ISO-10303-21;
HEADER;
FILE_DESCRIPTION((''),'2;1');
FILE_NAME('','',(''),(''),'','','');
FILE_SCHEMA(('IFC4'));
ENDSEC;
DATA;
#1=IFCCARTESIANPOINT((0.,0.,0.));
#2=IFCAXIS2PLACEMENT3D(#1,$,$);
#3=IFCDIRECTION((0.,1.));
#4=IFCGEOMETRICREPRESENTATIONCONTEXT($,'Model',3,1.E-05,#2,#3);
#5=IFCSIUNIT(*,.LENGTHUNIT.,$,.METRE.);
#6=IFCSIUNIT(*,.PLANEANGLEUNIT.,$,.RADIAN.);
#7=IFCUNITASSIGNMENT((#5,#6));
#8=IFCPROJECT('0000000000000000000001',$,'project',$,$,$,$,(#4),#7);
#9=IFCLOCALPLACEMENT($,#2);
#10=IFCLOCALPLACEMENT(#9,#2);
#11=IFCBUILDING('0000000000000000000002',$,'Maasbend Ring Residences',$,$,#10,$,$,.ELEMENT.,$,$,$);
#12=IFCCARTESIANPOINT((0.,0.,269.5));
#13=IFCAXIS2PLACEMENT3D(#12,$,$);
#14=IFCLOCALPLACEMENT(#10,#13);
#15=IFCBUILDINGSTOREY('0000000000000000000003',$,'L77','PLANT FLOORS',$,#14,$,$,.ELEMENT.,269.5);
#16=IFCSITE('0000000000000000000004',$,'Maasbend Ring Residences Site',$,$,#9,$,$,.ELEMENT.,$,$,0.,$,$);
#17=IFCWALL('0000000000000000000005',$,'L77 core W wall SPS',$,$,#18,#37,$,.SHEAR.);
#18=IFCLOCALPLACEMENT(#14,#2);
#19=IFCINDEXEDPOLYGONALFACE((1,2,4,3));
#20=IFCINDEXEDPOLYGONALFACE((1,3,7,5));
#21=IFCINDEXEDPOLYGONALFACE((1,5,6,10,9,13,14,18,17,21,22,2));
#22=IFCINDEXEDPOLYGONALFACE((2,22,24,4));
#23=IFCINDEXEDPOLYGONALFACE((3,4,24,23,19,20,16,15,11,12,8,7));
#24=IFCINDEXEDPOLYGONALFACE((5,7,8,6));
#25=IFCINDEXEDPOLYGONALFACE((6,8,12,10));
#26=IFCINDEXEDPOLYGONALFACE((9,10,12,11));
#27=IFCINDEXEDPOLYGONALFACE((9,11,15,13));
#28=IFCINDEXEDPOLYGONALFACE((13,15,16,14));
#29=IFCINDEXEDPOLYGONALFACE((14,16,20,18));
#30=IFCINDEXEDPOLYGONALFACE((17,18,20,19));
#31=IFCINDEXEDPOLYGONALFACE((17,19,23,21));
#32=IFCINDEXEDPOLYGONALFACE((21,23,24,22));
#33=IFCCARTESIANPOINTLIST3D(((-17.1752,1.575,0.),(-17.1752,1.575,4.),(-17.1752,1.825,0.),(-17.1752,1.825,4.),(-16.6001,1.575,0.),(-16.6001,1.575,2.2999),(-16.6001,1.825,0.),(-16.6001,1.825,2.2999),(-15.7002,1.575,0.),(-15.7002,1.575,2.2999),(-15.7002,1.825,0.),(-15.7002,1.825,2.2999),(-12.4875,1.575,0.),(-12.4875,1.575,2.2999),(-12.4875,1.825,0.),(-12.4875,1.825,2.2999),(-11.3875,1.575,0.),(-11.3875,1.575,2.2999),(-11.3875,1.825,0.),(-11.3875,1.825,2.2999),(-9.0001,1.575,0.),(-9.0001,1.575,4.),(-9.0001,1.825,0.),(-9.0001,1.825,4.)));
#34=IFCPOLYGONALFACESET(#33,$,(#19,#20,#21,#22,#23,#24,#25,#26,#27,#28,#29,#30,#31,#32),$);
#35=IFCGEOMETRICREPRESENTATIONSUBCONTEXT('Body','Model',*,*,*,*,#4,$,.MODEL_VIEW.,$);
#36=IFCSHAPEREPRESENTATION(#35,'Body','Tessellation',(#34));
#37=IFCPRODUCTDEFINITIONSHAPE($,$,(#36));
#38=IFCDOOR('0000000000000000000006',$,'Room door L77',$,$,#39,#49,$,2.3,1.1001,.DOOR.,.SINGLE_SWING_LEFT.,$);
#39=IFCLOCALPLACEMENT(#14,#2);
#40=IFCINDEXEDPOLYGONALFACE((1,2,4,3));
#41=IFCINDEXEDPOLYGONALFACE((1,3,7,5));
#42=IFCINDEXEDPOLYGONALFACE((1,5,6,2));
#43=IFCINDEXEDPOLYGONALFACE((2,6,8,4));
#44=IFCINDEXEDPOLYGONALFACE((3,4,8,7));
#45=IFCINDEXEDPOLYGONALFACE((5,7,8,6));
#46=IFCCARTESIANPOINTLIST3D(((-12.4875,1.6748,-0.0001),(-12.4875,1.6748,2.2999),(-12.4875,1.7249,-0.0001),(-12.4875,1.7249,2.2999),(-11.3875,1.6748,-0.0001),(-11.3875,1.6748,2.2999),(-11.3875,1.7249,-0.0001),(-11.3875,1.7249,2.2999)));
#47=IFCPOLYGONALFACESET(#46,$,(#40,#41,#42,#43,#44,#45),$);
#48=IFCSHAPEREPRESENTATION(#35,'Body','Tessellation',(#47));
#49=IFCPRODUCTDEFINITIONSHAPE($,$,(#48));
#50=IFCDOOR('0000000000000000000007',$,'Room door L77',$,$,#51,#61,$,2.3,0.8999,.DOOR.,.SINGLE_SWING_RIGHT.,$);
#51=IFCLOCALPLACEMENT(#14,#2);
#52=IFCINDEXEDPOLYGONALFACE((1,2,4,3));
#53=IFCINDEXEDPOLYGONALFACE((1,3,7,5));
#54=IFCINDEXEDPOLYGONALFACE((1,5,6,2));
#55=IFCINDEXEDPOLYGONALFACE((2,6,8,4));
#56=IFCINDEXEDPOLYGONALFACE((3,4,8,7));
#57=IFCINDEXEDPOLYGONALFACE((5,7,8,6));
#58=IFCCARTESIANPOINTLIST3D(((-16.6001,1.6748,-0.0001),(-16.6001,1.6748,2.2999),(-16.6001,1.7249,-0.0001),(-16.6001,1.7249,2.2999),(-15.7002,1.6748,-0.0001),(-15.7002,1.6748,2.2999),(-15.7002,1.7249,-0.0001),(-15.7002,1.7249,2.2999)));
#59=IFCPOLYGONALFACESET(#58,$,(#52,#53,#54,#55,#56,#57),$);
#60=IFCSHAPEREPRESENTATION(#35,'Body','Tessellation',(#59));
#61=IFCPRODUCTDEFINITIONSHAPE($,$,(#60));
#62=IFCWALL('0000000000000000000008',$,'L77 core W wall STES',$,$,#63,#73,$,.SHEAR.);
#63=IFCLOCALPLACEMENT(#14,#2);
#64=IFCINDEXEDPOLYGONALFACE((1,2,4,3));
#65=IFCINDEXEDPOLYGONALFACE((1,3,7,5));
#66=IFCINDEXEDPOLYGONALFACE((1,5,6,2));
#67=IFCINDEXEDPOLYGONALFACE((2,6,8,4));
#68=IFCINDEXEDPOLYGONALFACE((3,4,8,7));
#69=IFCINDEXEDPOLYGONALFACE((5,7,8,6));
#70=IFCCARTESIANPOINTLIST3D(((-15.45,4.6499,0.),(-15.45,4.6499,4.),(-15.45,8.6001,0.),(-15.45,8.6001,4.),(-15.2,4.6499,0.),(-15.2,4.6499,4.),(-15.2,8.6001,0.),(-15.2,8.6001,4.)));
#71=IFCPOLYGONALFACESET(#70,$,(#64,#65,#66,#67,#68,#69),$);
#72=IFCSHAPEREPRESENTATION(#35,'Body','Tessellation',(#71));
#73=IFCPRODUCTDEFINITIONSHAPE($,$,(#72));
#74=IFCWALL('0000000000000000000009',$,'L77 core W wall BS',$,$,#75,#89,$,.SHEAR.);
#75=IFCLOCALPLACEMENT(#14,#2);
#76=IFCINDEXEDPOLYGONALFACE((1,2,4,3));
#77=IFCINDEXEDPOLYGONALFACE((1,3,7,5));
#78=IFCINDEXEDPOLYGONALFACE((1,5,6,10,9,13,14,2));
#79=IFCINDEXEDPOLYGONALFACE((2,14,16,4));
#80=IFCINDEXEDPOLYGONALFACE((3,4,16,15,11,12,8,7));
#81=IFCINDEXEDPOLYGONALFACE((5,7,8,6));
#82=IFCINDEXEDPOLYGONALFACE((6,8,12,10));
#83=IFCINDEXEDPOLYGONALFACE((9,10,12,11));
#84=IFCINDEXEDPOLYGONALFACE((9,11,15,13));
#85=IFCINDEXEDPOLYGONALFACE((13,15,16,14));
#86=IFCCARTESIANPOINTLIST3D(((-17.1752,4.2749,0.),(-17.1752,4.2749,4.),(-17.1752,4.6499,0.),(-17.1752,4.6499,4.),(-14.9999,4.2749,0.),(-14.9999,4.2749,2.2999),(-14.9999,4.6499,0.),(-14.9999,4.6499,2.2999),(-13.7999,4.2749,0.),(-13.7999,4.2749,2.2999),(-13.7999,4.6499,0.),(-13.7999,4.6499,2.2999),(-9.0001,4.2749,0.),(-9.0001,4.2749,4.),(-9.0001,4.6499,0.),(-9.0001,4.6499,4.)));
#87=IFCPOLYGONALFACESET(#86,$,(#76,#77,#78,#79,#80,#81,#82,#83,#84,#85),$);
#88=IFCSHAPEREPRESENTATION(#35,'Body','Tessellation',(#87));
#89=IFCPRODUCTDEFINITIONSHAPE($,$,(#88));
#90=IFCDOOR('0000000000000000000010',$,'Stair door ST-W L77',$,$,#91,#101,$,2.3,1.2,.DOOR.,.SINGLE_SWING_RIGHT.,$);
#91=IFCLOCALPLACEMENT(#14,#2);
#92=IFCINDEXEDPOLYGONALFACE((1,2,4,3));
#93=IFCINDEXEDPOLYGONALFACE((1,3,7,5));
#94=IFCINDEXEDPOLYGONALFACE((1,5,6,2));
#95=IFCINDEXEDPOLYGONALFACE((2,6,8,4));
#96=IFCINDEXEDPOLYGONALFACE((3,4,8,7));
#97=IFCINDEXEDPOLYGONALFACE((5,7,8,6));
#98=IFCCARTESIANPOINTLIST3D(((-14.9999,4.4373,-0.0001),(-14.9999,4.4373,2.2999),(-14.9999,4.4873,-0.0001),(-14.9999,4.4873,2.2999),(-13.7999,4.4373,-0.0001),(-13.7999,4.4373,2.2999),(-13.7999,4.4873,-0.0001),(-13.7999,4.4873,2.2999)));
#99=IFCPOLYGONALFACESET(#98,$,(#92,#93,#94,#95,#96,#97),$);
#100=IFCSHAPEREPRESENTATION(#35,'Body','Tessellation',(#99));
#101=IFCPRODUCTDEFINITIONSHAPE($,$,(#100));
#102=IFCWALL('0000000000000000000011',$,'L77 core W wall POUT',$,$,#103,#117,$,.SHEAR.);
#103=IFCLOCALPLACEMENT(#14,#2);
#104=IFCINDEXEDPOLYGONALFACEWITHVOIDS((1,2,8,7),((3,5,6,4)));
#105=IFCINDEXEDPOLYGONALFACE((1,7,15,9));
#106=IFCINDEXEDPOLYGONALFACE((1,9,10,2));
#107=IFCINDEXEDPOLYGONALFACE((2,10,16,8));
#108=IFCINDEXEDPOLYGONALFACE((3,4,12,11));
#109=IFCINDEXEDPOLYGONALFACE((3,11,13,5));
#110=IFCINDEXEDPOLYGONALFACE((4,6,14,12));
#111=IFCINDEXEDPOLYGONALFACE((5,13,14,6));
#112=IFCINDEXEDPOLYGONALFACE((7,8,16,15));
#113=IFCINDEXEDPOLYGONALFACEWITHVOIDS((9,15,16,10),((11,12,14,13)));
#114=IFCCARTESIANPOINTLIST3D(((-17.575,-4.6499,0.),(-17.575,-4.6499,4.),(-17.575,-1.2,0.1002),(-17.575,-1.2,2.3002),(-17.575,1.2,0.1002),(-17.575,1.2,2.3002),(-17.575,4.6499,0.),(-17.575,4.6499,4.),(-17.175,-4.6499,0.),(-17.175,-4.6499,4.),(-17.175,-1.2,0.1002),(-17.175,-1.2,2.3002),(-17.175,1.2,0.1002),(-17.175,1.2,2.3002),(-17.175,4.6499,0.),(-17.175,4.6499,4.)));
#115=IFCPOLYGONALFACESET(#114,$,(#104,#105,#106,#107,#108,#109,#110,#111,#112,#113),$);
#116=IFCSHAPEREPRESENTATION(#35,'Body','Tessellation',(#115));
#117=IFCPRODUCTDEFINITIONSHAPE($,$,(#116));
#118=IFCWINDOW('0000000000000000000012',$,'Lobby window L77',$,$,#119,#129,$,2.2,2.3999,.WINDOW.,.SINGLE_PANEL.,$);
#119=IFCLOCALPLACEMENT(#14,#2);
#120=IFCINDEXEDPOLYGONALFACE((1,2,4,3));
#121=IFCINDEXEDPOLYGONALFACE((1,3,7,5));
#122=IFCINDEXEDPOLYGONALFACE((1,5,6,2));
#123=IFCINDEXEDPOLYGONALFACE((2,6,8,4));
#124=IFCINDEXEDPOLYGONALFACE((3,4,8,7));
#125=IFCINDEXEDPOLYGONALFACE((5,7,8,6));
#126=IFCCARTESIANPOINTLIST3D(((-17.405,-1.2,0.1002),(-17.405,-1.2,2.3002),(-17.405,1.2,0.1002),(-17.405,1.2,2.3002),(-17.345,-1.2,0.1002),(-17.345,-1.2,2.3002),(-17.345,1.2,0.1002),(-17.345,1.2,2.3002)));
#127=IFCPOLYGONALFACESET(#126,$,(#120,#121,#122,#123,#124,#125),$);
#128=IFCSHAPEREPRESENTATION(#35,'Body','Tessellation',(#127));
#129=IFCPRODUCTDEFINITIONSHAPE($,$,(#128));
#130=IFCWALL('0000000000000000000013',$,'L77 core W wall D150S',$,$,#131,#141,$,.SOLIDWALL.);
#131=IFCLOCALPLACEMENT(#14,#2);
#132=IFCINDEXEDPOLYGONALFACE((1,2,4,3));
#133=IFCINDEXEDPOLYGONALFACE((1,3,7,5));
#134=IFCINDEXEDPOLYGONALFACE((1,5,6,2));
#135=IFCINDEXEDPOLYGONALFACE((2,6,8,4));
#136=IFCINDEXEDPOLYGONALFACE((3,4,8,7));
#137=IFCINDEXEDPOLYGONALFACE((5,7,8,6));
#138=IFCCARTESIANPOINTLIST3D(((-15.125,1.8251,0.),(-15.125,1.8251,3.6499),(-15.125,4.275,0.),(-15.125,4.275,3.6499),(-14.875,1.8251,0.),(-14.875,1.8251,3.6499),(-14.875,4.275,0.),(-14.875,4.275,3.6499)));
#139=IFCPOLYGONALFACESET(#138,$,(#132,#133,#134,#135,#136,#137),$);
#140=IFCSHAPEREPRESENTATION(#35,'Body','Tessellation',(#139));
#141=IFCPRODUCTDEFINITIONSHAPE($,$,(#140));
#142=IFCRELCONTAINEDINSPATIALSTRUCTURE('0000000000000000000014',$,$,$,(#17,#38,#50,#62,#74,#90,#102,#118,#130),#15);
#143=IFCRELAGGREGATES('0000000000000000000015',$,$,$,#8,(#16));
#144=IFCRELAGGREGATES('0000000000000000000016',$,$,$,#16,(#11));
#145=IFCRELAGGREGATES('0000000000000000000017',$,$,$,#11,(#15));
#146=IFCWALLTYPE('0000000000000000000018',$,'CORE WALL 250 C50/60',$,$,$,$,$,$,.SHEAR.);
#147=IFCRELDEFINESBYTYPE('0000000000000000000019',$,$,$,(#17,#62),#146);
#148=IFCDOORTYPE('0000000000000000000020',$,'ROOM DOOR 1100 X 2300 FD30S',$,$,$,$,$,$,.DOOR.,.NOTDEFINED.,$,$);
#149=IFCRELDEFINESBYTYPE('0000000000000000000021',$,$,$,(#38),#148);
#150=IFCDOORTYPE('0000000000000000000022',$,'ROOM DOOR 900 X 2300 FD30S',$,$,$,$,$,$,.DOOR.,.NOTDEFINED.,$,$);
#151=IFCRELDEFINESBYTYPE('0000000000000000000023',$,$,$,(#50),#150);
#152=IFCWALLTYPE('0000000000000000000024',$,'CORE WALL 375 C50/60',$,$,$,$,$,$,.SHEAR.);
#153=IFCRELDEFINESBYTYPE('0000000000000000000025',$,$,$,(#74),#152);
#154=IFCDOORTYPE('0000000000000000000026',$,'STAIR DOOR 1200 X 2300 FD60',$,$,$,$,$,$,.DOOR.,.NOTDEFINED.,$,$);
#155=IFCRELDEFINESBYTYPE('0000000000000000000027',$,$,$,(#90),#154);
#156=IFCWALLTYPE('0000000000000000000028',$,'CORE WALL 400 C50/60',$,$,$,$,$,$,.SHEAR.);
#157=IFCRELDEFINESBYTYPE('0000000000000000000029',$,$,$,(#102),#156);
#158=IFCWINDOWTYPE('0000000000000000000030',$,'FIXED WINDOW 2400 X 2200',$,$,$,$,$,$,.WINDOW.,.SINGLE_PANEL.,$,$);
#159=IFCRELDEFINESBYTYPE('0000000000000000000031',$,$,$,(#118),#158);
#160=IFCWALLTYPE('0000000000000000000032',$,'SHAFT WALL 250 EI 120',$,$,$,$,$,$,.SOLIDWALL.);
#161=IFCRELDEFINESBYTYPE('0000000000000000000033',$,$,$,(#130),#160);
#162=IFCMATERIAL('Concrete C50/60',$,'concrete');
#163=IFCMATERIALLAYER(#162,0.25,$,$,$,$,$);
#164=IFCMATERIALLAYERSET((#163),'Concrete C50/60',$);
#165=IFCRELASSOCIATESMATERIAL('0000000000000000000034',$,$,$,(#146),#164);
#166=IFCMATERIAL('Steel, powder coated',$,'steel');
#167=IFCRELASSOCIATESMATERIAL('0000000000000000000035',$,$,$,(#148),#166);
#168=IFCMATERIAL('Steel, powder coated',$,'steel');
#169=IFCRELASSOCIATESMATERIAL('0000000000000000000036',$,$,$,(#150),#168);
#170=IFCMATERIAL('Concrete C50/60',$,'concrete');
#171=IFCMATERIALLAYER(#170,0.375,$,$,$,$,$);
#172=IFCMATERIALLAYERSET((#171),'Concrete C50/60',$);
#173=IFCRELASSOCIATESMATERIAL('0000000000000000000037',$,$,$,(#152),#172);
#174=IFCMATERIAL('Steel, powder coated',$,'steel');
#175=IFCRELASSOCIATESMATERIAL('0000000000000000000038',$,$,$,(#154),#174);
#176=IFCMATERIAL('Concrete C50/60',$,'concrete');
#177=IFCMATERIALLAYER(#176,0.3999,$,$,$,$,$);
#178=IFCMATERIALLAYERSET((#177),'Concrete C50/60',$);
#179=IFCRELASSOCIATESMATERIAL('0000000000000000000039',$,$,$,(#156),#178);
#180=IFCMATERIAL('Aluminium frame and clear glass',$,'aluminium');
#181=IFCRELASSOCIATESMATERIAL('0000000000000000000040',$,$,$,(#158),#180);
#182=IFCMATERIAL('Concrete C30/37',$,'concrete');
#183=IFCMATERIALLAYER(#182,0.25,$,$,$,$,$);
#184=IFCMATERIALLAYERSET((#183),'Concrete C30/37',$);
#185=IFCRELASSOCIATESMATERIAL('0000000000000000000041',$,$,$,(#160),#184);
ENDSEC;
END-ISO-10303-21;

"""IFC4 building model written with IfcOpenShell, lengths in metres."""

from ifc_helpers import new_model, si_unit, direction, frame, frame_2d, origin, place, context, subcontext, project, spatial, rectangle, extrude, material, layer, layer_set, type_object, element, fill, save


model = new_model("IFC4")

# Units and contexts
model_context = context("Model", 3, precision=1e-05, world=origin(), true_north=direction((0.0, 1.0)))
body_context = subcontext(model_context, "Body", "Model", "MODEL_VIEW")
ifc_project = project(units=[si_unit("LENGTHUNIT", "METRE"), si_unit("PLANEANGLEUNIT", "RADIAN")], contexts=[model_context])

# Site, building, storey
site_placement = place(None, origin())
site = spatial("IfcSite", under=ifc_project, at=site_placement, Name="Maasbend Ring Residences Site", CompositionType="ELEMENT", RefElevation=0.0)
building_placement = place(site_placement, origin())
building = spatial("IfcBuilding", under=site, at=building_placement, Name="Maasbend Ring Residences", CompositionType="ELEMENT")
storey_placement = place(building_placement, frame((0.0, 0.0, 269.5)))
storey = spatial("IfcBuildingStorey", under=building, at=storey_placement, Name="L77", Description="PLANT FLOORS", CompositionType="ELEMENT", Elevation=269.5)

# Wall, openings, doors
ifc_material_1 = material(Name="Concrete C50/60", Category="concrete")
ifc_layer_1 = layer(ifc_material_1, 0.25)
ifc_layer_set_1 = layer_set([ifc_layer_1], Name="Concrete C50/60")
wall_type_1 = type_object("IfcWallType", Name="CORE WALL 250 C50/60", PredefinedType="SHEAR", material=ifc_layer_set_1)
wall_1_placement = place(storey_placement, frame((-17.175, 1.7, 0.0), z_axis=(0.0, 0.0, 1.0), x_axis=(1.0, 0.0, 0.0)))
wall_1 = element("IfcWall", 1, at=wall_1_placement, inside=storey, type_object=wall_type_1, Name="L77 core W wall SPS", PredefinedType="SHEAR", context=body_context, shape_type="SweptSolid", body=[
    extrude(rectangle(XDim=8.175, YDim=0.25, at=frame_2d((4.0874, 0.0))), origin(), (0.0, 0.0, 1.0), 4.0),
])
opening_1_placement = place(wall_1_placement, frame((4.6875, 0.0, 0.0)))
opening_1 = element("IfcOpeningElement", 2, at=opening_1_placement, cuts=wall_1, PredefinedType="OPENING", context=body_context, shape_type="SweptSolid", body=[
    extrude(rectangle(XDim=1.1001, YDim=2.3, at=frame_2d((0.55, 1.1499))), frame((0.0, 0.135, 0.0), z_axis=(0.0, -1.0, 0.0), x_axis=(1.0, 0.0, 0.0)), (0.0, 0.0, 1.0), 0.27),
])
opening_2_placement = place(wall_1_placement, frame((0.575, 0.0, 0.0)))
opening_2 = element("IfcOpeningElement", 3, at=opening_2_placement, cuts=wall_1, PredefinedType="OPENING", context=body_context, shape_type="SweptSolid", body=[
    extrude(rectangle(XDim=0.8999, YDim=2.3, at=frame_2d((0.45, 1.1499))), frame((0.0, 0.135, 0.0), z_axis=(0.0, -1.0, 0.0), x_axis=(1.0, 0.0, 0.0)), (0.0, 0.0, 1.0), 0.27),
])
ifc_material_2 = material(Name="Steel, powder coated", Category="steel")
door_type_1 = type_object("IfcDoorType", Name="ROOM DOOR 1100 X 2300 FD30S", OperationType="NOTDEFINED", PredefinedType="DOOR", material=ifc_material_2)
door_1_placement = place(opening_1_placement, origin())
door_1 = element("IfcDoor", 4, at=door_1_placement, inside=storey, type_object=door_type_1, Name="Room door L77", OperationType="SINGLE_SWING_LEFT", OverallHeight=2.3, OverallWidth=1.1001, PredefinedType="DOOR", context=body_context, shape_type="SweptSolid", body=[
    extrude(rectangle(XDim=1.1001, YDim=2.3, at=frame_2d((0.55, 1.1499))), frame((0.0, 0.0249, 0.0), z_axis=(0.0, -1.0, 0.0), x_axis=(1.0, 0.0, 0.0)), (0.0, 0.0, 1.0), 0.05),
])
fill(opening_1, door_1)
ifc_material_3 = material(Name="Steel, powder coated", Category="steel")
door_type_2 = type_object("IfcDoorType", Name="ROOM DOOR 900 X 2300 FD30S", OperationType="NOTDEFINED", PredefinedType="DOOR", material=ifc_material_3)
door_2_placement = place(opening_2_placement, origin())
door_2 = element("IfcDoor", 5, at=door_2_placement, inside=storey, type_object=door_type_2, Name="Room door L77", OperationType="SINGLE_SWING_RIGHT", OverallHeight=2.3, OverallWidth=0.8999, PredefinedType="DOOR", context=body_context, shape_type="SweptSolid", body=[
    extrude(rectangle(XDim=0.8999, YDim=2.3, at=frame_2d((0.45, 1.1499))), frame((0.0, 0.0249, 0.0), z_axis=(0.0, -1.0, 0.0), x_axis=(1.0, 0.0, 0.0)), (0.0, 0.0, 1.0), 0.05),
])
fill(opening_2, door_2)

# Wall
wall_2_placement = place(storey_placement, frame((-15.325, 4.6499, 0.0), z_axis=(0.0, 0.0, 1.0), x_axis=(0.0, 1.0, 0.0)))
element("IfcWall", 6, at=wall_2_placement, inside=storey, type_object=wall_type_1, Name="L77 core W wall STES", PredefinedType="SHEAR", context=body_context, shape_type="SweptSolid", body=[
    extrude(rectangle(XDim=3.9502, YDim=0.25, at=frame_2d((1.9751, 0.0))), origin(), (0.0, 0.0, 1.0), 4.0),
])

# Wall, opening, door
ifc_material_4 = material(Name="Concrete C50/60", Category="concrete")
ifc_layer_2 = layer(ifc_material_4, 0.375)
ifc_layer_set_2 = layer_set([ifc_layer_2], Name="Concrete C50/60")
wall_type_2 = type_object("IfcWallType", Name="CORE WALL 375 C50/60", PredefinedType="SHEAR", material=ifc_layer_set_2)
wall_3_placement = place(storey_placement, frame((-17.175, 4.4624, 0.0), z_axis=(0.0, 0.0, 1.0), x_axis=(1.0, 0.0, 0.0)))
wall_3 = element("IfcWall", 7, at=wall_3_placement, inside=storey, type_object=wall_type_2, Name="L77 core W wall BS", PredefinedType="SHEAR", context=body_context, shape_type="SweptSolid", body=[
    extrude(rectangle(XDim=8.175, YDim=0.375, at=frame_2d((4.0874, 0.0))), origin(), (0.0, 0.0, 1.0), 4.0),
])
opening_3_placement = place(wall_3_placement, frame((2.175, 0.0, 0.0)))
opening_3 = element("IfcOpeningElement", 8, at=opening_3_placement, cuts=wall_3, PredefinedType="OPENING", context=body_context, shape_type="SweptSolid", body=[
    extrude(rectangle(XDim=1.2, YDim=2.3, at=frame_2d((0.6001, 1.1499))), frame((0.0, 0.1975, 0.0), z_axis=(0.0, -1.0, 0.0), x_axis=(1.0, 0.0, 0.0)), (0.0, 0.0, 1.0), 0.395),
])
ifc_material_5 = material(Name="Steel, powder coated", Category="steel")
door_type_3 = type_object("IfcDoorType", Name="STAIR DOOR 1200 X 2300 FD60", OperationType="NOTDEFINED", PredefinedType="DOOR", material=ifc_material_5)
door_3_placement = place(opening_3_placement, origin())
door_3 = element("IfcDoor", 9, at=door_3_placement, inside=storey, type_object=door_type_3, Name="Stair door ST-W L77", OperationType="SINGLE_SWING_RIGHT", OverallHeight=2.3, OverallWidth=1.2, PredefinedType="DOOR", context=body_context, shape_type="SweptSolid", body=[
    extrude(rectangle(XDim=1.2, YDim=2.3, at=frame_2d((0.6001, 1.1499))), frame((0.0, 0.0249, 0.0), z_axis=(0.0, -1.0, 0.0), x_axis=(1.0, 0.0, 0.0)), (0.0, 0.0, 1.0), 0.05),
])
fill(opening_3, door_3)

# Wall, opening, window
ifc_material_6 = material(Name="Concrete C50/60", Category="concrete")
ifc_layer_3 = layer(ifc_material_6, 0.3999)
ifc_layer_set_3 = layer_set([ifc_layer_3], Name="Concrete C50/60")
wall_type_3 = type_object("IfcWallType", Name="CORE WALL 400 C50/60", PredefinedType="SHEAR", material=ifc_layer_set_3)
wall_4_placement = place(storey_placement, frame((-17.375, 4.6499, 0.0), z_axis=(0.0, 0.0, 1.0), x_axis=(0.0, -1.0, 0.0)))
wall_4 = element("IfcWall", 10, at=wall_4_placement, inside=storey, type_object=wall_type_3, Name="L77 core W wall POUT", PredefinedType="SHEAR", context=body_context, shape_type="SweptSolid", body=[
    extrude(rectangle(XDim=9.2998, YDim=0.3999, at=frame_2d((4.6499, 0.0))), origin(), (0.0, 0.0, 1.0), 4.0),
])
opening_4_placement = place(wall_4_placement, frame((3.45, 0.0, 0.1001)))
opening_4 = element("IfcOpeningElement", 11, at=opening_4_placement, cuts=wall_4, PredefinedType="OPENING", context=body_context, shape_type="SweptSolid", body=[
    extrude(rectangle(XDim=2.3999, YDim=2.2, at=frame_2d((1.2, 1.1001))), frame((0.0, 0.21, 0.0), z_axis=(0.0, -1.0, 0.0), x_axis=(1.0, 0.0, 0.0)), (0.0, 0.0, 1.0), 0.4199),
])
ifc_material_7 = material(Name="Aluminium frame and clear glass", Category="aluminium")
window_type = type_object("IfcWindowType", Name="FIXED WINDOW 2400 X 2200", PartitioningType="SINGLE_PANEL", PredefinedType="WINDOW", material=ifc_material_7)
window_placement = place(opening_4_placement, origin())
window = element("IfcWindow", 12, at=window_placement, inside=storey, type_object=window_type, Name="Lobby window L77", OverallHeight=2.2, OverallWidth=2.3999, PartitioningType="SINGLE_PANEL", PredefinedType="WINDOW", context=body_context, shape_type="SweptSolid", body=[
    extrude(rectangle(XDim=2.3999, YDim=2.2, at=frame_2d((1.2, 1.1001))), frame((0.0, 0.03, 0.0), z_axis=(0.0, -1.0, 0.0), x_axis=(1.0, 0.0, 0.0)), (0.0, 0.0, 1.0), 0.0601),
])
fill(opening_4, window)

# Wall
ifc_material_8 = material(Name="Concrete C30/37", Category="concrete")
ifc_layer_4 = layer(ifc_material_8, 0.25)
ifc_layer_set_4 = layer_set([ifc_layer_4], Name="Concrete C30/37")
wall_type_4 = type_object("IfcWallType", Name="SHAFT WALL 250 EI 120", PredefinedType="SOLIDWALL", material=ifc_layer_set_4)
wall_5_placement = place(storey_placement, frame((-15.0, 1.825, 0.0), z_axis=(0.0, 0.0, 1.0), x_axis=(0.0, 1.0, 0.0)))
element("IfcWall", 13, at=wall_5_placement, inside=storey, type_object=wall_type_4, Name="L77 core W wall D150S", PredefinedType="SOLIDWALL", context=body_context, shape_type="SweptSolid", body=[
    extrude(rectangle(XDim=2.45, YDim=0.25, at=frame_2d((1.2251, 0.0))), origin(), (0.0, 0.0, 1.0), 3.6499),
])

save(model, "model.ifc")
